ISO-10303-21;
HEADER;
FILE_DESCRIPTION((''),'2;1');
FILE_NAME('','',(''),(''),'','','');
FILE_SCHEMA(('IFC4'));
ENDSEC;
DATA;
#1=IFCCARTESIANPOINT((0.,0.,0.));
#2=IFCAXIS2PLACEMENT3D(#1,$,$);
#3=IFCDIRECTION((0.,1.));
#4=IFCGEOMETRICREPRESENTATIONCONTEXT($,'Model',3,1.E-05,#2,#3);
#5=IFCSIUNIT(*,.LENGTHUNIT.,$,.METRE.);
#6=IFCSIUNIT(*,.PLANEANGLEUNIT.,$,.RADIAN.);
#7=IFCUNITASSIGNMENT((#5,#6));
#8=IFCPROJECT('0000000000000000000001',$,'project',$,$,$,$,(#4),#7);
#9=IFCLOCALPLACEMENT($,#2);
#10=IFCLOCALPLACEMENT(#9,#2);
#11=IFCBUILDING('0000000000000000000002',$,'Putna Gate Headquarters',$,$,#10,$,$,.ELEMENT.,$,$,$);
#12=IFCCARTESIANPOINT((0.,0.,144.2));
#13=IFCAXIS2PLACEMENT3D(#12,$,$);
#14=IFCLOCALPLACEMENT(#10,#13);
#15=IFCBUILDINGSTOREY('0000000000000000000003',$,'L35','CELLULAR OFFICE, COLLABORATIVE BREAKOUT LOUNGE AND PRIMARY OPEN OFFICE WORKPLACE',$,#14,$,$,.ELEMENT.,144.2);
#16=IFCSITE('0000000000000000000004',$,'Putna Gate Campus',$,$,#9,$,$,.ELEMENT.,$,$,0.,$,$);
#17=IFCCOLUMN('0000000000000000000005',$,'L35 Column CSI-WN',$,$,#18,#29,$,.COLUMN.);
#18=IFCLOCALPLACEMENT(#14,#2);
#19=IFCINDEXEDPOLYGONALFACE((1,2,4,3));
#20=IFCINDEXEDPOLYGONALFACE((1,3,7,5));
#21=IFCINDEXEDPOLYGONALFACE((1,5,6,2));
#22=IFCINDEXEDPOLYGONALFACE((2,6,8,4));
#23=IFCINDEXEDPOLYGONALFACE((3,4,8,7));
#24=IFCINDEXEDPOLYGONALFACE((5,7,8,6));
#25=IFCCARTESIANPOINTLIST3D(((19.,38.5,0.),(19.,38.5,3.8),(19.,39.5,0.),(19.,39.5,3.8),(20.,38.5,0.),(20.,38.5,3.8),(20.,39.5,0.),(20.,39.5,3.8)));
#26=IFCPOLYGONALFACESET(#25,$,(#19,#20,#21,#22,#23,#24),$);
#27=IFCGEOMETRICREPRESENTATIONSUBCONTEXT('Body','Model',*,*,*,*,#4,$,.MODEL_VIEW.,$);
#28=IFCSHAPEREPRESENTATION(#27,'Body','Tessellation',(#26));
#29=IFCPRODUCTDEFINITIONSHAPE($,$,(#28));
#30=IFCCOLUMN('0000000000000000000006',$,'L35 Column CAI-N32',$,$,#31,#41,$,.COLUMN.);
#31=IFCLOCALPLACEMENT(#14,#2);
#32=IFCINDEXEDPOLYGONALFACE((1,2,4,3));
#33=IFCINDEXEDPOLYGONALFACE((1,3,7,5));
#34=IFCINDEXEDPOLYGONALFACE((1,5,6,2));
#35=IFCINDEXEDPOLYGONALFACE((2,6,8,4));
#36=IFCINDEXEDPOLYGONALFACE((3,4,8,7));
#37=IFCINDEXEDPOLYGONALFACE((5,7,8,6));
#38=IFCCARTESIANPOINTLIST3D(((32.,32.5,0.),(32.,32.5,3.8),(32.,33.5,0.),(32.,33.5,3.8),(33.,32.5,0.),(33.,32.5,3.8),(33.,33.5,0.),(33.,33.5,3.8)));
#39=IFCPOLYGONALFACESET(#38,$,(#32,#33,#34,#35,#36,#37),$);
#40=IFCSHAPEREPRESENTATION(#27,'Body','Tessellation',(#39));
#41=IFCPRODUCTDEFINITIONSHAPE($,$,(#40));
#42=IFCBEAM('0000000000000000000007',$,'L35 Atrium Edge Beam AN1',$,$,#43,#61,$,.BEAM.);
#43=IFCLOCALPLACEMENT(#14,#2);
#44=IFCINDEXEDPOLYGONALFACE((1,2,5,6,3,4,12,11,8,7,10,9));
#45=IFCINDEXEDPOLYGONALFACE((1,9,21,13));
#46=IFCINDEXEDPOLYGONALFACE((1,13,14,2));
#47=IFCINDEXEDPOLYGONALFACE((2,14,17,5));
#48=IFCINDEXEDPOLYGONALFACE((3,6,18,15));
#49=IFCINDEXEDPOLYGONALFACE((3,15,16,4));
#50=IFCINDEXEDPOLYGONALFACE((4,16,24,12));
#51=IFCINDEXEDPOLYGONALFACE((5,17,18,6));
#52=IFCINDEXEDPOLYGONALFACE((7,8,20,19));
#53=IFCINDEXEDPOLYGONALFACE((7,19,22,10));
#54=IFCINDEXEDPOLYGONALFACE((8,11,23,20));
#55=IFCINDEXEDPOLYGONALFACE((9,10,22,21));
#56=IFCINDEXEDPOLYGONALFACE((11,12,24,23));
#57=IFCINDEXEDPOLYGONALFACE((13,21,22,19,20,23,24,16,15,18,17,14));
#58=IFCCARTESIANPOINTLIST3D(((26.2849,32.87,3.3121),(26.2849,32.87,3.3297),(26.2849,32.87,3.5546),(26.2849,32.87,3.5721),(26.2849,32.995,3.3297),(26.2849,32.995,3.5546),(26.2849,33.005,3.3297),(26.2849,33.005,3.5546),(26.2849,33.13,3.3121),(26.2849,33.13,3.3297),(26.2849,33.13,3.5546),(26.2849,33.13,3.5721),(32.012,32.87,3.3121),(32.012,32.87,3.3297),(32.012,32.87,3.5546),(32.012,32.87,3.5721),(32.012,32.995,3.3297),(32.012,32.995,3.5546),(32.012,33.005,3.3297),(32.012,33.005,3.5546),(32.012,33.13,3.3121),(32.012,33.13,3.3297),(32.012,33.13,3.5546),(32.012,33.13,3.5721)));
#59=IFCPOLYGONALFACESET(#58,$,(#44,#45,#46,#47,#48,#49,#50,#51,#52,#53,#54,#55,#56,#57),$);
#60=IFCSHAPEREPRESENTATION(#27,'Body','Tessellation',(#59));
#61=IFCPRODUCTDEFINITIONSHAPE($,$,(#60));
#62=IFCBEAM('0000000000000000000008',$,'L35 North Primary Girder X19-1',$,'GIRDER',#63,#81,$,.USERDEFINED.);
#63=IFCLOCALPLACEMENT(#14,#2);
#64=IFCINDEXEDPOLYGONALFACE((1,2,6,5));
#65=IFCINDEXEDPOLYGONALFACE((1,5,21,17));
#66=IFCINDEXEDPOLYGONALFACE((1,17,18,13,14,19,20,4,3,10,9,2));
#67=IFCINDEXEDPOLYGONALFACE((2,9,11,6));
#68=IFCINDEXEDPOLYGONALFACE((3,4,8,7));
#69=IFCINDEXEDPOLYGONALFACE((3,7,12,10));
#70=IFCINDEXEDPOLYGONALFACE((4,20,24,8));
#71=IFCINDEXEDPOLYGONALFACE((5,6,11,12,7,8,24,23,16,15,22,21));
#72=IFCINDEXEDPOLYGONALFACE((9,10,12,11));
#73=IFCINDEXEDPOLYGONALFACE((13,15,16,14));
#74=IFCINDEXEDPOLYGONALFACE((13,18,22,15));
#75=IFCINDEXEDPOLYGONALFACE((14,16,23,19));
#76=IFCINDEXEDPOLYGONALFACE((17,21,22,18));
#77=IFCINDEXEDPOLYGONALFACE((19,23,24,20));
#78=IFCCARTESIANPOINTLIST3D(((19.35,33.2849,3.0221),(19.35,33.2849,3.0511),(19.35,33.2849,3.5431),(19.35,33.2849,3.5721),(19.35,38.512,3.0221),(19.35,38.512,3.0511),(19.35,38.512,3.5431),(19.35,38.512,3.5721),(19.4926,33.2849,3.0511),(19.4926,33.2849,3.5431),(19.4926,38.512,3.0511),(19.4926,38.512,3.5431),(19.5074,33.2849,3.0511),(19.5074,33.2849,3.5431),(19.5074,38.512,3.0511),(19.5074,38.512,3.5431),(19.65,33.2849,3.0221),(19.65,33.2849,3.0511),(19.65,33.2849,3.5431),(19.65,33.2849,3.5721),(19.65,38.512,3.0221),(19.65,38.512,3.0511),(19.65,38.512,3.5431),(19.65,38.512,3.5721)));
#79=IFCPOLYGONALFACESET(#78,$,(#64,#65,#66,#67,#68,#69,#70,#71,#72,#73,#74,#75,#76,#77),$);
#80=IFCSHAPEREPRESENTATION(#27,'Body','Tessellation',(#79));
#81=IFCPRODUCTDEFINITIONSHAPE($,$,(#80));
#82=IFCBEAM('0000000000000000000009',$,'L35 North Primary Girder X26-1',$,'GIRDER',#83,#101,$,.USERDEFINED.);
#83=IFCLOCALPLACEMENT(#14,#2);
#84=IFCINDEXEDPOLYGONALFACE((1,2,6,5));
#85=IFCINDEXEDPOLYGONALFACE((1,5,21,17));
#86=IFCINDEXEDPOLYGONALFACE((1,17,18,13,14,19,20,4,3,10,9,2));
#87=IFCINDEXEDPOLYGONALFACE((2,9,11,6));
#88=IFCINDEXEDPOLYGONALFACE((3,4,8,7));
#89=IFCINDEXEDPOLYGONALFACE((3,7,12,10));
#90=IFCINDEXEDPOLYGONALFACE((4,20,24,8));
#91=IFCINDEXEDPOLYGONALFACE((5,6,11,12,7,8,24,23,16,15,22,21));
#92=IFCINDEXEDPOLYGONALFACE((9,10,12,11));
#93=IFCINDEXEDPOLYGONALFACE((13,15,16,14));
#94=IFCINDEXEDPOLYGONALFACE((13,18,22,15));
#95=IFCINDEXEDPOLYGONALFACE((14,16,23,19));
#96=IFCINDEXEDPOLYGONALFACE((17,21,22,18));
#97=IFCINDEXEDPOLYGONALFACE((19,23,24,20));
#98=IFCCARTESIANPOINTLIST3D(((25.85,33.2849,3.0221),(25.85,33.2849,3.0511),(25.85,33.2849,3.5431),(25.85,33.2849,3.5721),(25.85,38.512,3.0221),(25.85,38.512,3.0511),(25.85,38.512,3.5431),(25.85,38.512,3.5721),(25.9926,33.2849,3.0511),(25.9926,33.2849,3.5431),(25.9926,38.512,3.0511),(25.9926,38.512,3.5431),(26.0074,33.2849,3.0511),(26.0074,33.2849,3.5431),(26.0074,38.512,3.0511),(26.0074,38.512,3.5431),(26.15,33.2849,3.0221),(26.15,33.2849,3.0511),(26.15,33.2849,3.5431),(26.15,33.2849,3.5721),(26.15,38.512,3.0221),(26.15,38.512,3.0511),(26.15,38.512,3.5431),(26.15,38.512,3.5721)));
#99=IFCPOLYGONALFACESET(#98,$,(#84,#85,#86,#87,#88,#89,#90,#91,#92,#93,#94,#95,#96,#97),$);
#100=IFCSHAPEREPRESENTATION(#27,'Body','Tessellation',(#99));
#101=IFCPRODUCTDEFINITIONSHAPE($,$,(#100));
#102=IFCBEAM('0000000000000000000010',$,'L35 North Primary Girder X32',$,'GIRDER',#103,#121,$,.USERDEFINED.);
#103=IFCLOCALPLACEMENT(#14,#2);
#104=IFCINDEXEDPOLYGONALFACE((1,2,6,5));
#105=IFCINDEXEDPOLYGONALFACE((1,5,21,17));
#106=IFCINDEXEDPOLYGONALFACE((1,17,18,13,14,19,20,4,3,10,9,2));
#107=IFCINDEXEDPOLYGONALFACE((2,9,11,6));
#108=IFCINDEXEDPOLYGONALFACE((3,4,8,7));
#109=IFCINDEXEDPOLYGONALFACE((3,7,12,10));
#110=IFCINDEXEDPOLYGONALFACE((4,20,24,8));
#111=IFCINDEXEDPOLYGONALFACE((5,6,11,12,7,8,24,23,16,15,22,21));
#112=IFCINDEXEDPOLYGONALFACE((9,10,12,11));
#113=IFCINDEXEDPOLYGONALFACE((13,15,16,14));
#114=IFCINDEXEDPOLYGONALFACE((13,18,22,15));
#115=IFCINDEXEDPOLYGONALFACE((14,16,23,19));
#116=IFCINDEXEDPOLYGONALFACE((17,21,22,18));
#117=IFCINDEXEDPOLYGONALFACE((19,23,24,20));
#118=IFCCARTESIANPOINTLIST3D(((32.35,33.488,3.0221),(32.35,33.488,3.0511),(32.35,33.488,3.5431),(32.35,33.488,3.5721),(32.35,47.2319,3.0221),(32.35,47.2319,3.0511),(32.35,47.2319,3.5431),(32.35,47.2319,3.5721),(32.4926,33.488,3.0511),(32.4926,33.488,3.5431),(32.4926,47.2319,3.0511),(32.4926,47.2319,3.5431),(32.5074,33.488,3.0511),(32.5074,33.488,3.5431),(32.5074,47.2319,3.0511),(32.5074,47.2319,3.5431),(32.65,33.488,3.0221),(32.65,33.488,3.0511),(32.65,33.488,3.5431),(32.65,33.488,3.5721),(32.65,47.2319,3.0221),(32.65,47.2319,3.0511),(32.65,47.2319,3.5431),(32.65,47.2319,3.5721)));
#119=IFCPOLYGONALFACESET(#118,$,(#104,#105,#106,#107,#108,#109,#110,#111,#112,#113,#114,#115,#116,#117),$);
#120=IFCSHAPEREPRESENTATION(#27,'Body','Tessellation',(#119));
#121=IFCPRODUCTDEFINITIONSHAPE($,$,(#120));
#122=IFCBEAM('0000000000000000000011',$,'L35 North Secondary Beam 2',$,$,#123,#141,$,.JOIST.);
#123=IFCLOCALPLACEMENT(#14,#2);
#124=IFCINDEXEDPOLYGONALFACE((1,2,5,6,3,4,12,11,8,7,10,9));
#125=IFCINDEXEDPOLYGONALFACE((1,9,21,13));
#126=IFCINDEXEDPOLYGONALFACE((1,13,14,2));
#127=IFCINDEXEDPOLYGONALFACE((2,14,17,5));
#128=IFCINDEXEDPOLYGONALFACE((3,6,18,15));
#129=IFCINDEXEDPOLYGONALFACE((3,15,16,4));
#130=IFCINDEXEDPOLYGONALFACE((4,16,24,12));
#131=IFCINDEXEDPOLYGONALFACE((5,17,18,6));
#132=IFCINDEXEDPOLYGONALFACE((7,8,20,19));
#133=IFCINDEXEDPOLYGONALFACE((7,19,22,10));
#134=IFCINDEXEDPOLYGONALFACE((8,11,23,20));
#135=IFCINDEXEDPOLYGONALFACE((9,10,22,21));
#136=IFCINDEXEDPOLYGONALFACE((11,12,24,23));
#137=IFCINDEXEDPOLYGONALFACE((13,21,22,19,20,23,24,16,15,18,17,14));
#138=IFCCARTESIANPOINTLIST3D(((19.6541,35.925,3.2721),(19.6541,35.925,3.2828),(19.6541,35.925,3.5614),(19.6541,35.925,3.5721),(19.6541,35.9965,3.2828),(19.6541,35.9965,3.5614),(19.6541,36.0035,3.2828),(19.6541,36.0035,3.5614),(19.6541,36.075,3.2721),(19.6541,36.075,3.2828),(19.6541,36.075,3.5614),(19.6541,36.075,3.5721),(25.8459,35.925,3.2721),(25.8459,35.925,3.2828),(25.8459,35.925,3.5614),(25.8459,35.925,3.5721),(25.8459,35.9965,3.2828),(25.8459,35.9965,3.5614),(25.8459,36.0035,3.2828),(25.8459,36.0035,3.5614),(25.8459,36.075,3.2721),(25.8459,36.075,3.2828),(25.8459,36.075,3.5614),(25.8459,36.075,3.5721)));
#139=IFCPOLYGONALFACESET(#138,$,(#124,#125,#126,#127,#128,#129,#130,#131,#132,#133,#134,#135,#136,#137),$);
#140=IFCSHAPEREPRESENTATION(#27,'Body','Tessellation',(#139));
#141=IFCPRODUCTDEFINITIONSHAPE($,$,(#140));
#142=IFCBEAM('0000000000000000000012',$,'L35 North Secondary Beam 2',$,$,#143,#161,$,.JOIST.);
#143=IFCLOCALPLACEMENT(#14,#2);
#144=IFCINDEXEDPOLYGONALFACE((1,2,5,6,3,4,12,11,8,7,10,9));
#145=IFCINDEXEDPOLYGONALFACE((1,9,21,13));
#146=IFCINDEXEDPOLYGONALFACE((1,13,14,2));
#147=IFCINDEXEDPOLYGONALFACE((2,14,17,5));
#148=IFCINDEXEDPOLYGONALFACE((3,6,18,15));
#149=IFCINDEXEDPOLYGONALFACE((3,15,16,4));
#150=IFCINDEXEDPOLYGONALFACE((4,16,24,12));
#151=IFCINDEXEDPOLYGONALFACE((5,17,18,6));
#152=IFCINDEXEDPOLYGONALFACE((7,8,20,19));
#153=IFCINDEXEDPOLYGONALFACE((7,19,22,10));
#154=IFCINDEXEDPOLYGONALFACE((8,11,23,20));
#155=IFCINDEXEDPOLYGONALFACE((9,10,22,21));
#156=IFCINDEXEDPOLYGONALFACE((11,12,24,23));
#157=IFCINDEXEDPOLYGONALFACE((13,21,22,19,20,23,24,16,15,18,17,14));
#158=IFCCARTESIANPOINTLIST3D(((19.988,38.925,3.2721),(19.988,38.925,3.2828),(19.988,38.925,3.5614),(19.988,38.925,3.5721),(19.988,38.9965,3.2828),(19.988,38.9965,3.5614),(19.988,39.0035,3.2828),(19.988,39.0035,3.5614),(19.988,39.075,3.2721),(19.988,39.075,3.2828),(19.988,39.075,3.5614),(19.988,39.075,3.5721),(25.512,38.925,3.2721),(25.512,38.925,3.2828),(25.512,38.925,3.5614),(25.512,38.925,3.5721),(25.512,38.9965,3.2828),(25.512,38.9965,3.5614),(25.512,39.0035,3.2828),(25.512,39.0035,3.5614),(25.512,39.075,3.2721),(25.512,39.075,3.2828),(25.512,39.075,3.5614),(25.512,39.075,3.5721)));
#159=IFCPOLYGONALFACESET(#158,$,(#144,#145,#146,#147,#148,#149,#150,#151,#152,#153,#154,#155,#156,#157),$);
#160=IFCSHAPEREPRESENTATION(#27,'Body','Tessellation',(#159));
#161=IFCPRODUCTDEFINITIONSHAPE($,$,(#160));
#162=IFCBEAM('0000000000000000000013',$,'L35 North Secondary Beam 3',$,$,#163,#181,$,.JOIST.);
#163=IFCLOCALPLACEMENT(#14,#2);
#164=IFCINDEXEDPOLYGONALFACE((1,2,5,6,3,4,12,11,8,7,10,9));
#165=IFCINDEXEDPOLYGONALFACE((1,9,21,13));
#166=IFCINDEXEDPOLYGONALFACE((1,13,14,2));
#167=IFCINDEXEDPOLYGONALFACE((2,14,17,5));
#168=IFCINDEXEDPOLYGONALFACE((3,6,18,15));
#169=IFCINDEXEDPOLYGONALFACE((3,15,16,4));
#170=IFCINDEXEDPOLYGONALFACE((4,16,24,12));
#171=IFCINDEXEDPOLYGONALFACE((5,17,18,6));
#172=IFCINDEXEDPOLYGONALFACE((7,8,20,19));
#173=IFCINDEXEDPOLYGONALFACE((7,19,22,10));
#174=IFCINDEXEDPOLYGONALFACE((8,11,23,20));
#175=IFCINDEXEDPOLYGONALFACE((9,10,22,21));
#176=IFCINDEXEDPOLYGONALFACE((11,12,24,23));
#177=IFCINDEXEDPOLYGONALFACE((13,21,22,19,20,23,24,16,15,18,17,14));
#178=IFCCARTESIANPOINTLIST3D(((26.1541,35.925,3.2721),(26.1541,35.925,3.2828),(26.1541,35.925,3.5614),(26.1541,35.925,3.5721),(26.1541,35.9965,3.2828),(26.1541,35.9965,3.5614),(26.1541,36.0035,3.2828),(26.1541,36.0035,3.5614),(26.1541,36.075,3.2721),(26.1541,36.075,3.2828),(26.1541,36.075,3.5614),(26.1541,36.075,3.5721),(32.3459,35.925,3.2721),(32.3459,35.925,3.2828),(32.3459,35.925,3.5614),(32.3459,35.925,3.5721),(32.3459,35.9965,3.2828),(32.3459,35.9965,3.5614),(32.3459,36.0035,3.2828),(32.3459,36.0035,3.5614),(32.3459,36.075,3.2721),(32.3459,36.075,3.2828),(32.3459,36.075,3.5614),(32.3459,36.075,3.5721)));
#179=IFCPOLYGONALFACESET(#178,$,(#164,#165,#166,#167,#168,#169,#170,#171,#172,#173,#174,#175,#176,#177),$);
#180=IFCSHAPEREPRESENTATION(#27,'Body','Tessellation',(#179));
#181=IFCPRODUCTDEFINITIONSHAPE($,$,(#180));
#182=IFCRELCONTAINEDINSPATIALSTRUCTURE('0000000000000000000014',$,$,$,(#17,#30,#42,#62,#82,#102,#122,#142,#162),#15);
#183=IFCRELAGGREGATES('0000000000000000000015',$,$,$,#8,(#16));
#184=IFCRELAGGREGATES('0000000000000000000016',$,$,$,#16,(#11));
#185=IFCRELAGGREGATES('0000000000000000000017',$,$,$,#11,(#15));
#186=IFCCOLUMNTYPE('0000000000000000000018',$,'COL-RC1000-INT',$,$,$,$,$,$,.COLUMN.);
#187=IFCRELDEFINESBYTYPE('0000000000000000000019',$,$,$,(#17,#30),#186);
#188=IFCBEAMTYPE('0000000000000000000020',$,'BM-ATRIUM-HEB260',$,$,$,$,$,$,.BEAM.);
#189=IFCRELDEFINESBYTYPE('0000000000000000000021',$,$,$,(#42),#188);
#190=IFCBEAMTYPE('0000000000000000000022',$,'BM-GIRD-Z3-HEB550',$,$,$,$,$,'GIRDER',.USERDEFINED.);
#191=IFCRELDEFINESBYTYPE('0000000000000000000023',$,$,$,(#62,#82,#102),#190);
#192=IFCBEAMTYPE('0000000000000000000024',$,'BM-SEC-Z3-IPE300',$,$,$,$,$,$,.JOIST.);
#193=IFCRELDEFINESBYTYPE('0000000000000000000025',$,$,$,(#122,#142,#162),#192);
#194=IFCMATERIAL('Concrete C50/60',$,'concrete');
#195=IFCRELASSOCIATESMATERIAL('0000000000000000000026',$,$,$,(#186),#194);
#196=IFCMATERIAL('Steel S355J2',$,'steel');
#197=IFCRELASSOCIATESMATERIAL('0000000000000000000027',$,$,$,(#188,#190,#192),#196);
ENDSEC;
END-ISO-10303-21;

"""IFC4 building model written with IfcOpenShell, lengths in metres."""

from ifc_helpers import new_model, si_unit, direction, frame, origin, origin_2d, place, context, subcontext, project, spatial, rectangle, i_section, extrude, material, material_profile, profile_set, type_object, element, save


model = new_model("IFC4")

# Units and contexts
model_context = context("Model", 3, precision=1e-05, world=origin(), true_north=direction((0.0, 1.0)))
body_context = subcontext(model_context, "Body", "Model", "MODEL_VIEW")
ifc_project = project(units=[si_unit("LENGTHUNIT", "METRE"), si_unit("PLANEANGLEUNIT", "RADIAN")], contexts=[model_context])

# Site, building, storey
site_placement = place(None, origin())
site = spatial("IfcSite", under=ifc_project, at=site_placement, Name="Putna Gate Campus", CompositionType="ELEMENT", RefElevation=0.0)
building_placement = place(site_placement, origin())
building = spatial("IfcBuilding", under=site, at=building_placement, Name="Putna Gate Headquarters", CompositionType="ELEMENT")
storey_placement = place(building_placement, frame((0.0, 0.0, 144.2)))
storey = spatial("IfcBuildingStorey", under=building, at=storey_placement, Name="L35", Description="CELLULAR OFFICE, COLLABORATIVE BREAKOUT LOUNGE AND PRIMARY OPEN OFFICE WORKPLACE", CompositionType="ELEMENT", Elevation=144.2)

# Columns
ifc_material_1 = material(Name="Concrete C50/60", Category="concrete")
ifc_material_profile_1 = material_profile(ifc_material_1, rectangle(XDim=1.0, YDim=1.0, at=origin_2d()), Name="Concrete C50/60")
ifc_profile_set_1 = profile_set([ifc_material_profile_1], Name="Concrete C50/60")
column_type = type_object("IfcColumnType", Name="COL-RC1000-INT", PredefinedType="COLUMN", material=ifc_profile_set_1)
for number, where, z_axis, x_axis, name in (
    (1, (19.5, 39.0, 0.0), (0.0, 0.0, 1.0), (1.0, 0.0, 0.0), "L35 Column CSI-WN"),
    (2, (32.5, 33.0, 0.0), (0.0, 0.0, 1.0), (1.0, 0.0, 0.0), "L35 Column CAI-N32"),
):
    element("IfcColumn", number, at=place(storey_placement, frame(where, z_axis=z_axis, x_axis=x_axis)), inside=storey, type_object=column_type, Name=name, PredefinedType="COLUMN", context=body_context, shape_type="SweptSolid", body=[
        extrude(rectangle(XDim=1.0, YDim=1.0, at=origin_2d()), origin(), (0.0, 0.0, 1.0), 3.8),
    ])

# Beams
ifc_material_2 = material(Name="Steel S355J2", Category="steel")
ifc_material_profile_2 = material_profile(ifc_material_2, i_section(OverallWidth=0.26, OverallDepth=0.26, WebThickness=0.01, FlangeThickness=0.0176, at=origin_2d()), Name="Steel S355J2")
ifc_profile_set_2 = profile_set([ifc_material_profile_2], Name="Steel S355J2")
beam_type_1 = type_object("IfcBeamType", Name="BM-ATRIUM-HEB260", PredefinedType="BEAM", material=ifc_profile_set_2)
beam_1_placement = place(storey_placement, frame((26.2849, 33.0, 3.4421), z_axis=(1.0, 0.0, 0.0), x_axis=(0.0, 1.0, 0.0)))
element("IfcBeam", 3, at=beam_1_placement, inside=storey, type_object=beam_type_1, Name="L35 Atrium Edge Beam AN1", PredefinedType="BEAM", context=body_context, shape_type="SweptSolid", body=[
    extrude(i_section(OverallWidth=0.26, OverallDepth=0.26, WebThickness=0.01, FlangeThickness=0.0176, at=origin_2d()), origin(), (0.0, 0.0, 1.0), 5.7271),
])
ifc_material_profile_3 = material_profile(ifc_material_2, i_section(OverallWidth=0.3, OverallDepth=0.55, WebThickness=0.0149, FlangeThickness=0.0291, at=origin_2d()), Name="Steel S355J2")
ifc_profile_set_3 = profile_set([ifc_material_profile_3], Name="Steel S355J2")
beam_type_2 = type_object("IfcBeamType", Name="BM-GIRD-Z3-HEB550", ElementType="GIRDER", PredefinedType="USERDEFINED", material=ifc_profile_set_3)
for number, where, z_axis, x_axis, name in (
    (4, (19.5, 33.2849, 3.2971), (0.0, 1.0, 0.0), (-1.0, 0.0, 0.0), "L35 North Primary Girder X19-1"),
    (5, (26.0, 33.2849, 3.2971), (0.0, 1.0, 0.0), (-1.0, 0.0, 0.0), "L35 North Primary Girder X26-1"),
):
    element("IfcBeam", number, at=place(storey_placement, frame(where, z_axis=z_axis, x_axis=x_axis)), inside=storey, type_object=beam_type_2, Name=name, ObjectType="GIRDER", PredefinedType="USERDEFINED", context=body_context, shape_type="SweptSolid", body=[
        extrude(i_section(OverallWidth=0.3, OverallDepth=0.55, WebThickness=0.0149, FlangeThickness=0.0291, at=origin_2d()), origin(), (0.0, 0.0, 1.0), 5.2271),
    ])
beam_2_placement = place(storey_placement, frame((32.5, 33.488, 3.2971), z_axis=(0.0, 1.0, 0.0), x_axis=(-1.0, 0.0, 0.0)))
element("IfcBeam", 6, at=beam_2_placement, inside=storey, type_object=beam_type_2, Name="L35 North Primary Girder X32", ObjectType="GIRDER", PredefinedType="USERDEFINED", context=body_context, shape_type="SweptSolid", body=[
    extrude(i_section(OverallWidth=0.3, OverallDepth=0.55, WebThickness=0.0149, FlangeThickness=0.0291, at=origin_2d()), origin(), (0.0, 0.0, 1.0), 13.7439),
])
ifc_material_profile_4 = material_profile(ifc_material_2, i_section(OverallWidth=0.1499, OverallDepth=0.3, WebThickness=0.0071, FlangeThickness=0.0107, at=origin_2d()), Name="Steel S355J2")
ifc_profile_set_4 = profile_set([ifc_material_profile_4], Name="Steel S355J2")
beam_type_3 = type_object("IfcBeamType", Name="BM-SEC-Z3-IPE300", PredefinedType="JOIST", material=ifc_profile_set_4)
beam_3_placement = place(storey_placement, frame((19.6541, 36.0, 3.4221), z_axis=(1.0, 0.0, 0.0), x_axis=(0.0, 1.0, 0.0)))
element("IfcBeam", 7, at=beam_3_placement, inside=storey, type_object=beam_type_3, Name="L35 North Secondary Beam 2", PredefinedType="JOIST", context=body_context, shape_type="SweptSolid", body=[
    extrude(i_section(OverallWidth=0.1499, OverallDepth=0.3, WebThickness=0.0071, FlangeThickness=0.0107, at=origin_2d()), origin(), (0.0, 0.0, 1.0), 6.1919),
])
beam_4_placement = place(storey_placement, frame((19.988, 39.0, 3.4221), z_axis=(1.0, 0.0, 0.0), x_axis=(0.0, 1.0, 0.0)))
element("IfcBeam", 8, at=beam_4_placement, inside=storey, type_object=beam_type_3, Name="L35 North Secondary Beam 2", PredefinedType="JOIST", context=body_context, shape_type="SweptSolid", body=[
    extrude(i_section(OverallWidth=0.1499, OverallDepth=0.3, WebThickness=0.0071, FlangeThickness=0.0107, at=origin_2d()), origin(), (0.0, 0.0, 1.0), 5.5239),
])
for number, where, z_axis, x_axis, name in (
    (9, (26.1541, 36.0, 3.4221), (1.0, 0.0, 0.0), (0.0, 1.0, 0.0), "L35 North Secondary Beam 3"),
):
    element("IfcBeam", number, at=place(storey_placement, frame(where, z_axis=z_axis, x_axis=x_axis)), inside=storey, type_object=beam_type_3, Name=name, PredefinedType="JOIST", context=body_context, shape_type="SweptSolid", body=[
        extrude(i_section(OverallWidth=0.1499, OverallDepth=0.3, WebThickness=0.0071, FlangeThickness=0.0107, at=origin_2d()), origin(), (0.0, 0.0, 1.0), 6.1919),
    ])

save(model, "model.ifc")
